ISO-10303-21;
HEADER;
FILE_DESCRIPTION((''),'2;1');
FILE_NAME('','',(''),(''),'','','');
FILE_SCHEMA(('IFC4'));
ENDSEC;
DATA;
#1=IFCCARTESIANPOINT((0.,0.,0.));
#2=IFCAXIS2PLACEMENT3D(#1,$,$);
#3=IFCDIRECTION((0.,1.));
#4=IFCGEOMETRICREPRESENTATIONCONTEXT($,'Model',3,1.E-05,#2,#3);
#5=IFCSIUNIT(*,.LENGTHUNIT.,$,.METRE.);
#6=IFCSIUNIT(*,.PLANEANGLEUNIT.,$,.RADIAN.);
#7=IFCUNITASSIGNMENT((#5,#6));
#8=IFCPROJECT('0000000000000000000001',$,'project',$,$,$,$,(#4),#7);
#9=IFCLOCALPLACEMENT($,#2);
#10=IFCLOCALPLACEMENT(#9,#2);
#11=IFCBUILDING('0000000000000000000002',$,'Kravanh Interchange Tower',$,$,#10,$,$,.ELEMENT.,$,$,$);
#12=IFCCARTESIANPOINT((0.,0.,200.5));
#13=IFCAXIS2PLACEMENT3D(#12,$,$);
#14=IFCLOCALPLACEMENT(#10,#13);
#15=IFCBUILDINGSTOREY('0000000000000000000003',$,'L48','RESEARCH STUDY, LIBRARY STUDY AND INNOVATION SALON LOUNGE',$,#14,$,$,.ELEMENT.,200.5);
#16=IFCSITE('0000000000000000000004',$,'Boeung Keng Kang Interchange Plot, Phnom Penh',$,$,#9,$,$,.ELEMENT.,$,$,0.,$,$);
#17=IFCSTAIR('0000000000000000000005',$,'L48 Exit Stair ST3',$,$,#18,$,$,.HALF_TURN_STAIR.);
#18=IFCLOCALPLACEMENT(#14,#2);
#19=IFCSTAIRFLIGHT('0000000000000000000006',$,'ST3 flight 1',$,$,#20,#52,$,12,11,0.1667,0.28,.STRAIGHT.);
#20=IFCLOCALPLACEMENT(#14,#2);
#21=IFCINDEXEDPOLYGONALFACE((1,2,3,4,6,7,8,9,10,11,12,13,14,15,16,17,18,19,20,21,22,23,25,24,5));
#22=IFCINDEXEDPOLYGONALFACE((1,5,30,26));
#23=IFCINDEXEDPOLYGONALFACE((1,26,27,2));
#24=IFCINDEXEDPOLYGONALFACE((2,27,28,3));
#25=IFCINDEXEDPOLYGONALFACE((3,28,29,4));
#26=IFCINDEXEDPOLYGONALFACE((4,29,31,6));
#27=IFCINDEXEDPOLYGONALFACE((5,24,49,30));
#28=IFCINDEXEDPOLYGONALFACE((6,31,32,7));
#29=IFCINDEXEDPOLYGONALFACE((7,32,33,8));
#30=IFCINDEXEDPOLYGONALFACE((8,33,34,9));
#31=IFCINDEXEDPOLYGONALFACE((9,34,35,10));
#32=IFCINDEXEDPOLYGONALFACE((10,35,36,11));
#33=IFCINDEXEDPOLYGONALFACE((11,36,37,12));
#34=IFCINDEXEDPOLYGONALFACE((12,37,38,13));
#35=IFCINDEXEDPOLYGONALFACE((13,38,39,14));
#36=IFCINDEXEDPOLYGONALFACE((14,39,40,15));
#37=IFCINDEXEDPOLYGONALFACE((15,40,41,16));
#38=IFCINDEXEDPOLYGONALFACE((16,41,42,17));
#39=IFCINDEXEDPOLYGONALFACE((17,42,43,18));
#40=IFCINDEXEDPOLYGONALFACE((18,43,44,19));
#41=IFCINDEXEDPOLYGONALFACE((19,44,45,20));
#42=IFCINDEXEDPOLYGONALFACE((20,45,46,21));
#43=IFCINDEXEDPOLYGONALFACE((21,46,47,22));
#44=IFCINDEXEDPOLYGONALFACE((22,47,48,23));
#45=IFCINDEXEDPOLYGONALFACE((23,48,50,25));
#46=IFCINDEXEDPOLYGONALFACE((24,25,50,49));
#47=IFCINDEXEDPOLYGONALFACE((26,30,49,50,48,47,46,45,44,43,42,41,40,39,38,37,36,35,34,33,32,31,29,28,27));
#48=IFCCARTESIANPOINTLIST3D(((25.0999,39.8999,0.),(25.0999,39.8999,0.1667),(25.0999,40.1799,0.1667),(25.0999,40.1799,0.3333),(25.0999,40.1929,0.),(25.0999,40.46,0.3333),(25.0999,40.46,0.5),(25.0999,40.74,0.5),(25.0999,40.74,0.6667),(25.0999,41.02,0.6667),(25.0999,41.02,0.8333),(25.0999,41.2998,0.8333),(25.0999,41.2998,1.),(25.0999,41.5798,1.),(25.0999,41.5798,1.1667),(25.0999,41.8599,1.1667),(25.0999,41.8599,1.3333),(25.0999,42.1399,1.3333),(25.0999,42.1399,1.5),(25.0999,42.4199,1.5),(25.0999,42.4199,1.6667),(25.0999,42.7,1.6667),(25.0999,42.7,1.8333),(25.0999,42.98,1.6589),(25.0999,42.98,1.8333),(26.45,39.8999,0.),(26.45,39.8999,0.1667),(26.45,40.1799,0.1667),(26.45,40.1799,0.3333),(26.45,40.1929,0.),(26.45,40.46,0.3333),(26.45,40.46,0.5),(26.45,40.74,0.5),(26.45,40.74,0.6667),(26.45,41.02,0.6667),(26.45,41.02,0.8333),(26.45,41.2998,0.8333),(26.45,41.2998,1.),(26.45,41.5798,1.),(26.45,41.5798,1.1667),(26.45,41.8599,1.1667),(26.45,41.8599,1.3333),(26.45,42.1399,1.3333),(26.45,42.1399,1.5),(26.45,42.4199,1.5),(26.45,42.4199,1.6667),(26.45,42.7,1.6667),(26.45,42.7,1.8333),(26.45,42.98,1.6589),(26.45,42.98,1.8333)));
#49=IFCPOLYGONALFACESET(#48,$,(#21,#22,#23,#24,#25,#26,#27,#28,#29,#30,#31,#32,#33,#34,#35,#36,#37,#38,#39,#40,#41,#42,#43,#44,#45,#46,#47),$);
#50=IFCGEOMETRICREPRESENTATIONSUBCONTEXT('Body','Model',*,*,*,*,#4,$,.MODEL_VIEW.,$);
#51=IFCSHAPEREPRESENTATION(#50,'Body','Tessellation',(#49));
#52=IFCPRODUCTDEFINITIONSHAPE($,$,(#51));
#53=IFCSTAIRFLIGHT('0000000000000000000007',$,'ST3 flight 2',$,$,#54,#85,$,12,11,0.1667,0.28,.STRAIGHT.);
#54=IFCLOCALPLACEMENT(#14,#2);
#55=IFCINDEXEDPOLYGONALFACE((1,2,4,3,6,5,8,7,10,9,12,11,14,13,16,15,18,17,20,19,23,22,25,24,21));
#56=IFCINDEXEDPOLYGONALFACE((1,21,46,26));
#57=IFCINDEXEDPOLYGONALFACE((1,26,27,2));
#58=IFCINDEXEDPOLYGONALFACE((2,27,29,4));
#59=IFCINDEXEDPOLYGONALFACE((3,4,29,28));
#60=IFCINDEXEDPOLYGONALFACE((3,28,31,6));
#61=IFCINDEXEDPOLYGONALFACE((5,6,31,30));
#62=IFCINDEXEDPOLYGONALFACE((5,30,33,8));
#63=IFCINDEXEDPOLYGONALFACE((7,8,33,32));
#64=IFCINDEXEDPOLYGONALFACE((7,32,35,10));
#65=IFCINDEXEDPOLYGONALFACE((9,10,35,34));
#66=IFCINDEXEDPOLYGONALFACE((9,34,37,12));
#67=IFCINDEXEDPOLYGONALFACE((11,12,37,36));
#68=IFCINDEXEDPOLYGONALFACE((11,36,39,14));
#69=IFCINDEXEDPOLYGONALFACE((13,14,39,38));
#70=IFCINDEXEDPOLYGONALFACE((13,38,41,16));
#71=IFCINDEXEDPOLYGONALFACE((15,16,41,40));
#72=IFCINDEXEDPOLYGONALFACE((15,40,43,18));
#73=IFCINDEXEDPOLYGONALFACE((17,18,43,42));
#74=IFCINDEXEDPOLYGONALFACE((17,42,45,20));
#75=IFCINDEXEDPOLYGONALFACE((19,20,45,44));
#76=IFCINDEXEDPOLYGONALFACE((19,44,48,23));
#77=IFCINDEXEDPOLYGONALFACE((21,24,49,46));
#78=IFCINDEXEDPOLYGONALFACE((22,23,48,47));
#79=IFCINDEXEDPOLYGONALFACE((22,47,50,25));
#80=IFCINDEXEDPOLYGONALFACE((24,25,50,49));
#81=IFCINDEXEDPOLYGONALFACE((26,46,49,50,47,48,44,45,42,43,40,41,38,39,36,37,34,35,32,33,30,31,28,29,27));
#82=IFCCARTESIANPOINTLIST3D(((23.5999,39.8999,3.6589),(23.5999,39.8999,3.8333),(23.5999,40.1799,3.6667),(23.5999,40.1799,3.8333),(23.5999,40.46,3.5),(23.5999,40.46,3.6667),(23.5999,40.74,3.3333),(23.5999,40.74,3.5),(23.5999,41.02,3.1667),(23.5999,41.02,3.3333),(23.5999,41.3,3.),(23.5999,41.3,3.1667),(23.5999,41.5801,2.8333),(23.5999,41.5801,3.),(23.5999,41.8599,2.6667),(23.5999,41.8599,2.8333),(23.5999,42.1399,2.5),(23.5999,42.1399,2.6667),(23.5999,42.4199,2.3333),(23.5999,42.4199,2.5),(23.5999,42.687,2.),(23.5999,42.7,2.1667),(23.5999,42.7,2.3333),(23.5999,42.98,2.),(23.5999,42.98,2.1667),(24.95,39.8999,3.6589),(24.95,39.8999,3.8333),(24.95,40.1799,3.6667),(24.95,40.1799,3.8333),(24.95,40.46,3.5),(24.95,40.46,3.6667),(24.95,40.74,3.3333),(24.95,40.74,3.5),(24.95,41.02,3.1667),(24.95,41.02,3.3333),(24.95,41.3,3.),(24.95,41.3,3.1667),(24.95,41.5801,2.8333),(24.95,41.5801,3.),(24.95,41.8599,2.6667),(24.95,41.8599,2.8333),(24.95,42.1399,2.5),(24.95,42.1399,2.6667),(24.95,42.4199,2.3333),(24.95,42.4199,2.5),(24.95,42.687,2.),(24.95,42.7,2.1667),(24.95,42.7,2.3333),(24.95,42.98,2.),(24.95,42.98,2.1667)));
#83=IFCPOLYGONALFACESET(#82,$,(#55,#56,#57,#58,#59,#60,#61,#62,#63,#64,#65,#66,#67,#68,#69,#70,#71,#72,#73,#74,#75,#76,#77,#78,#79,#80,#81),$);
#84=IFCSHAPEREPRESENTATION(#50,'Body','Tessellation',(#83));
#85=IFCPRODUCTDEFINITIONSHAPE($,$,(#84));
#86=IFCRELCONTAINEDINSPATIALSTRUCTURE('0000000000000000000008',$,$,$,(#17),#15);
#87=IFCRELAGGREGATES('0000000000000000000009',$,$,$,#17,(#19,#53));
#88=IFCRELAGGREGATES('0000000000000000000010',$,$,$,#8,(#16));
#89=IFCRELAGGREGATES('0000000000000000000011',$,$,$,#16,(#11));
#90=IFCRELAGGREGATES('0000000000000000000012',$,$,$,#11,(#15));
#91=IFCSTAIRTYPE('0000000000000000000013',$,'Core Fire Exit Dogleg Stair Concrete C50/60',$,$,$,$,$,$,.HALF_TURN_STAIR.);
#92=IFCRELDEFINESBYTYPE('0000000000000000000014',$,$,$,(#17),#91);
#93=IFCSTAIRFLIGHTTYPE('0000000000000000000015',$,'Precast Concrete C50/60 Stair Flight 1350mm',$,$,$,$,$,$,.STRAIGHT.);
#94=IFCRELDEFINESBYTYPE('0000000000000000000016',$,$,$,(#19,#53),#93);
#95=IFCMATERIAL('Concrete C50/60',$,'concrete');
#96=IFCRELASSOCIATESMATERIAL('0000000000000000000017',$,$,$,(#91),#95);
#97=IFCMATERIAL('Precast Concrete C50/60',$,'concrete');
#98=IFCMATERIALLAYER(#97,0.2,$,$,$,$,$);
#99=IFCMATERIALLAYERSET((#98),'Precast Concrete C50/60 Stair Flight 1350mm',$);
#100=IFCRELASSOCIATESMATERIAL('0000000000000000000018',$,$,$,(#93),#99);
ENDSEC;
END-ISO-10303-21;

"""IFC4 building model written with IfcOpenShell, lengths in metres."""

from ifc_helpers import new_model, si_unit, direction, frame, origin, place, context, subcontext, project, spatial, polyline, outline, extrude, material, layer, layer_set, type_object, element, aggregate, save


model = new_model("IFC4")

# Units and contexts
model_context = context("Model", 3, precision=1e-05, world=origin(), true_north=direction((0.0, 1.0)))
body_context = subcontext(model_context, "Body", "Model", "MODEL_VIEW")
ifc_project = project(units=[si_unit("LENGTHUNIT", "METRE"), si_unit("PLANEANGLEUNIT", "RADIAN")], contexts=[model_context])

# Site, building, storey
site_placement = place(None, origin())
site = spatial("IfcSite", under=ifc_project, at=site_placement, Name="Boeung Keng Kang Interchange Plot, Phnom Penh", CompositionType="ELEMENT", RefElevation=0.0)
building_placement = place(site_placement, origin())
building = spatial("IfcBuilding", under=site, at=building_placement, Name="Kravanh Interchange Tower", CompositionType="ELEMENT")
storey_placement = place(building_placement, frame((0.0, 0.0, 200.5)))
storey = spatial("IfcBuildingStorey", under=building, at=storey_placement, Name="L48", Description="RESEARCH STUDY, LIBRARY STUDY AND INNOVATION SALON LOUNGE", CompositionType="ELEMENT", Elevation=200.5)

# Stair, stair flights
ifc_material_1 = material(Name="Concrete C50/60", Category="concrete")
stair_type = type_object("IfcStairType", Name="Core Fire Exit Dogleg Stair Concrete C50/60", PredefinedType="HALF_TURN_STAIR", material=ifc_material_1)
stair_placement = place(storey_placement, origin())
stair = element("IfcStair", 1, at=stair_placement, inside=storey, type_object=stair_type, Name="L48 Exit Stair ST3", PredefinedType="HALF_TURN_STAIR")
ifc_material_2 = material(Name="Precast Concrete C50/60", Category="concrete")
ifc_layer_1 = layer(ifc_material_2, 0.2)
ifc_layer_set_1 = layer_set([ifc_layer_1], Name="Precast Concrete C50/60 Stair Flight 1350mm")
stair_flight_type = type_object("IfcStairFlightType", Name="Precast Concrete C50/60 Stair Flight 1350mm", PredefinedType="STRAIGHT", material=ifc_layer_set_1)
stair_flight_1_placement = place(storey_placement, frame((25.7749, 39.8999, 0.0), z_axis=(0.0, 0.0, 1.0), x_axis=(0.0, 1.0, 0.0)))
stair_flight_1 = element("IfcStairFlight", 2, at=stair_flight_1_placement, type_object=stair_flight_type, Name="ST3 flight 1", NumberOfRisers=12, NumberOfTreads=11, PredefinedType="STRAIGHT", RiserHeight=0.1667, TreadLength=0.28, context=body_context, shape_type="SweptSolid", body=[
    extrude(outline(polyline([(0.0, 0.0), (0.0, 0.1667), (0.28, 0.1667), (0.28, 0.3333), (0.5601, 0.3333), (0.5601, 0.5), (0.8401, 0.5), (0.8401, 0.6667), (1.1201, 0.6667), (1.1201, 0.8333), (1.3999, 0.8333), (1.3999, 1.0), (1.6799, 1.0), (1.6799, 1.1667), (1.96, 1.1667), (1.96, 1.3333), (2.24, 1.3333), (2.24, 1.5), (2.52, 1.5), (2.52, 1.6667), (2.8, 1.6667), (2.8, 1.8333), (3.0801, 1.8333), (3.0801, 2.0), (3.0801, 1.6589), (0.293, 0.0), (0.0, 0.0)])), frame((0.0, 0.675, 0.0), z_axis=(0.0, -1.0, 0.0), x_axis=(1.0, 0.0, 0.0)), (0.0, 0.0, 1.0), 1.3501),
])
stair_flight_2_placement = place(storey_placement, frame((24.2749, 42.98, 2.0), z_axis=(0.0, 0.0, 1.0), x_axis=(0.0, -1.0, 0.0)))
stair_flight_2 = element("IfcStairFlight", 3, at=stair_flight_2_placement, type_object=stair_flight_type, Name="ST3 flight 2", NumberOfRisers=12, NumberOfTreads=11, PredefinedType="STRAIGHT", RiserHeight=0.1667, TreadLength=0.28, context=body_context, shape_type="SweptSolid", body=[
    extrude(outline(polyline([(0.0, 0.0), (0.0, 0.1667), (0.28, 0.1667), (0.28, 0.3333), (0.5601, 0.3333), (0.5601, 0.5), (0.8401, 0.5), (0.8401, 0.6667), (1.1201, 0.6667), (1.1201, 0.8333), (1.3999, 0.8333), (1.3999, 1.0), (1.6799, 1.0), (1.6799, 1.1667), (1.96, 1.1667), (1.96, 1.3333), (2.24, 1.3333), (2.24, 1.5), (2.52, 1.5), (2.52, 1.6667), (2.8, 1.6667), (2.8, 1.8333), (3.0801, 1.8333), (3.0801, 2.0), (3.0801, 1.6589), (0.293, 0.0), (0.0, 0.0)])), frame((0.0, 0.675, 0.0), z_axis=(0.0, -1.0, 0.0), x_axis=(1.0, 0.0, 0.0)), (0.0, 0.0, 1.0), 1.3501),
])
aggregate(stair, [stair_flight_1, stair_flight_2])

save(model, "model.ifc")
